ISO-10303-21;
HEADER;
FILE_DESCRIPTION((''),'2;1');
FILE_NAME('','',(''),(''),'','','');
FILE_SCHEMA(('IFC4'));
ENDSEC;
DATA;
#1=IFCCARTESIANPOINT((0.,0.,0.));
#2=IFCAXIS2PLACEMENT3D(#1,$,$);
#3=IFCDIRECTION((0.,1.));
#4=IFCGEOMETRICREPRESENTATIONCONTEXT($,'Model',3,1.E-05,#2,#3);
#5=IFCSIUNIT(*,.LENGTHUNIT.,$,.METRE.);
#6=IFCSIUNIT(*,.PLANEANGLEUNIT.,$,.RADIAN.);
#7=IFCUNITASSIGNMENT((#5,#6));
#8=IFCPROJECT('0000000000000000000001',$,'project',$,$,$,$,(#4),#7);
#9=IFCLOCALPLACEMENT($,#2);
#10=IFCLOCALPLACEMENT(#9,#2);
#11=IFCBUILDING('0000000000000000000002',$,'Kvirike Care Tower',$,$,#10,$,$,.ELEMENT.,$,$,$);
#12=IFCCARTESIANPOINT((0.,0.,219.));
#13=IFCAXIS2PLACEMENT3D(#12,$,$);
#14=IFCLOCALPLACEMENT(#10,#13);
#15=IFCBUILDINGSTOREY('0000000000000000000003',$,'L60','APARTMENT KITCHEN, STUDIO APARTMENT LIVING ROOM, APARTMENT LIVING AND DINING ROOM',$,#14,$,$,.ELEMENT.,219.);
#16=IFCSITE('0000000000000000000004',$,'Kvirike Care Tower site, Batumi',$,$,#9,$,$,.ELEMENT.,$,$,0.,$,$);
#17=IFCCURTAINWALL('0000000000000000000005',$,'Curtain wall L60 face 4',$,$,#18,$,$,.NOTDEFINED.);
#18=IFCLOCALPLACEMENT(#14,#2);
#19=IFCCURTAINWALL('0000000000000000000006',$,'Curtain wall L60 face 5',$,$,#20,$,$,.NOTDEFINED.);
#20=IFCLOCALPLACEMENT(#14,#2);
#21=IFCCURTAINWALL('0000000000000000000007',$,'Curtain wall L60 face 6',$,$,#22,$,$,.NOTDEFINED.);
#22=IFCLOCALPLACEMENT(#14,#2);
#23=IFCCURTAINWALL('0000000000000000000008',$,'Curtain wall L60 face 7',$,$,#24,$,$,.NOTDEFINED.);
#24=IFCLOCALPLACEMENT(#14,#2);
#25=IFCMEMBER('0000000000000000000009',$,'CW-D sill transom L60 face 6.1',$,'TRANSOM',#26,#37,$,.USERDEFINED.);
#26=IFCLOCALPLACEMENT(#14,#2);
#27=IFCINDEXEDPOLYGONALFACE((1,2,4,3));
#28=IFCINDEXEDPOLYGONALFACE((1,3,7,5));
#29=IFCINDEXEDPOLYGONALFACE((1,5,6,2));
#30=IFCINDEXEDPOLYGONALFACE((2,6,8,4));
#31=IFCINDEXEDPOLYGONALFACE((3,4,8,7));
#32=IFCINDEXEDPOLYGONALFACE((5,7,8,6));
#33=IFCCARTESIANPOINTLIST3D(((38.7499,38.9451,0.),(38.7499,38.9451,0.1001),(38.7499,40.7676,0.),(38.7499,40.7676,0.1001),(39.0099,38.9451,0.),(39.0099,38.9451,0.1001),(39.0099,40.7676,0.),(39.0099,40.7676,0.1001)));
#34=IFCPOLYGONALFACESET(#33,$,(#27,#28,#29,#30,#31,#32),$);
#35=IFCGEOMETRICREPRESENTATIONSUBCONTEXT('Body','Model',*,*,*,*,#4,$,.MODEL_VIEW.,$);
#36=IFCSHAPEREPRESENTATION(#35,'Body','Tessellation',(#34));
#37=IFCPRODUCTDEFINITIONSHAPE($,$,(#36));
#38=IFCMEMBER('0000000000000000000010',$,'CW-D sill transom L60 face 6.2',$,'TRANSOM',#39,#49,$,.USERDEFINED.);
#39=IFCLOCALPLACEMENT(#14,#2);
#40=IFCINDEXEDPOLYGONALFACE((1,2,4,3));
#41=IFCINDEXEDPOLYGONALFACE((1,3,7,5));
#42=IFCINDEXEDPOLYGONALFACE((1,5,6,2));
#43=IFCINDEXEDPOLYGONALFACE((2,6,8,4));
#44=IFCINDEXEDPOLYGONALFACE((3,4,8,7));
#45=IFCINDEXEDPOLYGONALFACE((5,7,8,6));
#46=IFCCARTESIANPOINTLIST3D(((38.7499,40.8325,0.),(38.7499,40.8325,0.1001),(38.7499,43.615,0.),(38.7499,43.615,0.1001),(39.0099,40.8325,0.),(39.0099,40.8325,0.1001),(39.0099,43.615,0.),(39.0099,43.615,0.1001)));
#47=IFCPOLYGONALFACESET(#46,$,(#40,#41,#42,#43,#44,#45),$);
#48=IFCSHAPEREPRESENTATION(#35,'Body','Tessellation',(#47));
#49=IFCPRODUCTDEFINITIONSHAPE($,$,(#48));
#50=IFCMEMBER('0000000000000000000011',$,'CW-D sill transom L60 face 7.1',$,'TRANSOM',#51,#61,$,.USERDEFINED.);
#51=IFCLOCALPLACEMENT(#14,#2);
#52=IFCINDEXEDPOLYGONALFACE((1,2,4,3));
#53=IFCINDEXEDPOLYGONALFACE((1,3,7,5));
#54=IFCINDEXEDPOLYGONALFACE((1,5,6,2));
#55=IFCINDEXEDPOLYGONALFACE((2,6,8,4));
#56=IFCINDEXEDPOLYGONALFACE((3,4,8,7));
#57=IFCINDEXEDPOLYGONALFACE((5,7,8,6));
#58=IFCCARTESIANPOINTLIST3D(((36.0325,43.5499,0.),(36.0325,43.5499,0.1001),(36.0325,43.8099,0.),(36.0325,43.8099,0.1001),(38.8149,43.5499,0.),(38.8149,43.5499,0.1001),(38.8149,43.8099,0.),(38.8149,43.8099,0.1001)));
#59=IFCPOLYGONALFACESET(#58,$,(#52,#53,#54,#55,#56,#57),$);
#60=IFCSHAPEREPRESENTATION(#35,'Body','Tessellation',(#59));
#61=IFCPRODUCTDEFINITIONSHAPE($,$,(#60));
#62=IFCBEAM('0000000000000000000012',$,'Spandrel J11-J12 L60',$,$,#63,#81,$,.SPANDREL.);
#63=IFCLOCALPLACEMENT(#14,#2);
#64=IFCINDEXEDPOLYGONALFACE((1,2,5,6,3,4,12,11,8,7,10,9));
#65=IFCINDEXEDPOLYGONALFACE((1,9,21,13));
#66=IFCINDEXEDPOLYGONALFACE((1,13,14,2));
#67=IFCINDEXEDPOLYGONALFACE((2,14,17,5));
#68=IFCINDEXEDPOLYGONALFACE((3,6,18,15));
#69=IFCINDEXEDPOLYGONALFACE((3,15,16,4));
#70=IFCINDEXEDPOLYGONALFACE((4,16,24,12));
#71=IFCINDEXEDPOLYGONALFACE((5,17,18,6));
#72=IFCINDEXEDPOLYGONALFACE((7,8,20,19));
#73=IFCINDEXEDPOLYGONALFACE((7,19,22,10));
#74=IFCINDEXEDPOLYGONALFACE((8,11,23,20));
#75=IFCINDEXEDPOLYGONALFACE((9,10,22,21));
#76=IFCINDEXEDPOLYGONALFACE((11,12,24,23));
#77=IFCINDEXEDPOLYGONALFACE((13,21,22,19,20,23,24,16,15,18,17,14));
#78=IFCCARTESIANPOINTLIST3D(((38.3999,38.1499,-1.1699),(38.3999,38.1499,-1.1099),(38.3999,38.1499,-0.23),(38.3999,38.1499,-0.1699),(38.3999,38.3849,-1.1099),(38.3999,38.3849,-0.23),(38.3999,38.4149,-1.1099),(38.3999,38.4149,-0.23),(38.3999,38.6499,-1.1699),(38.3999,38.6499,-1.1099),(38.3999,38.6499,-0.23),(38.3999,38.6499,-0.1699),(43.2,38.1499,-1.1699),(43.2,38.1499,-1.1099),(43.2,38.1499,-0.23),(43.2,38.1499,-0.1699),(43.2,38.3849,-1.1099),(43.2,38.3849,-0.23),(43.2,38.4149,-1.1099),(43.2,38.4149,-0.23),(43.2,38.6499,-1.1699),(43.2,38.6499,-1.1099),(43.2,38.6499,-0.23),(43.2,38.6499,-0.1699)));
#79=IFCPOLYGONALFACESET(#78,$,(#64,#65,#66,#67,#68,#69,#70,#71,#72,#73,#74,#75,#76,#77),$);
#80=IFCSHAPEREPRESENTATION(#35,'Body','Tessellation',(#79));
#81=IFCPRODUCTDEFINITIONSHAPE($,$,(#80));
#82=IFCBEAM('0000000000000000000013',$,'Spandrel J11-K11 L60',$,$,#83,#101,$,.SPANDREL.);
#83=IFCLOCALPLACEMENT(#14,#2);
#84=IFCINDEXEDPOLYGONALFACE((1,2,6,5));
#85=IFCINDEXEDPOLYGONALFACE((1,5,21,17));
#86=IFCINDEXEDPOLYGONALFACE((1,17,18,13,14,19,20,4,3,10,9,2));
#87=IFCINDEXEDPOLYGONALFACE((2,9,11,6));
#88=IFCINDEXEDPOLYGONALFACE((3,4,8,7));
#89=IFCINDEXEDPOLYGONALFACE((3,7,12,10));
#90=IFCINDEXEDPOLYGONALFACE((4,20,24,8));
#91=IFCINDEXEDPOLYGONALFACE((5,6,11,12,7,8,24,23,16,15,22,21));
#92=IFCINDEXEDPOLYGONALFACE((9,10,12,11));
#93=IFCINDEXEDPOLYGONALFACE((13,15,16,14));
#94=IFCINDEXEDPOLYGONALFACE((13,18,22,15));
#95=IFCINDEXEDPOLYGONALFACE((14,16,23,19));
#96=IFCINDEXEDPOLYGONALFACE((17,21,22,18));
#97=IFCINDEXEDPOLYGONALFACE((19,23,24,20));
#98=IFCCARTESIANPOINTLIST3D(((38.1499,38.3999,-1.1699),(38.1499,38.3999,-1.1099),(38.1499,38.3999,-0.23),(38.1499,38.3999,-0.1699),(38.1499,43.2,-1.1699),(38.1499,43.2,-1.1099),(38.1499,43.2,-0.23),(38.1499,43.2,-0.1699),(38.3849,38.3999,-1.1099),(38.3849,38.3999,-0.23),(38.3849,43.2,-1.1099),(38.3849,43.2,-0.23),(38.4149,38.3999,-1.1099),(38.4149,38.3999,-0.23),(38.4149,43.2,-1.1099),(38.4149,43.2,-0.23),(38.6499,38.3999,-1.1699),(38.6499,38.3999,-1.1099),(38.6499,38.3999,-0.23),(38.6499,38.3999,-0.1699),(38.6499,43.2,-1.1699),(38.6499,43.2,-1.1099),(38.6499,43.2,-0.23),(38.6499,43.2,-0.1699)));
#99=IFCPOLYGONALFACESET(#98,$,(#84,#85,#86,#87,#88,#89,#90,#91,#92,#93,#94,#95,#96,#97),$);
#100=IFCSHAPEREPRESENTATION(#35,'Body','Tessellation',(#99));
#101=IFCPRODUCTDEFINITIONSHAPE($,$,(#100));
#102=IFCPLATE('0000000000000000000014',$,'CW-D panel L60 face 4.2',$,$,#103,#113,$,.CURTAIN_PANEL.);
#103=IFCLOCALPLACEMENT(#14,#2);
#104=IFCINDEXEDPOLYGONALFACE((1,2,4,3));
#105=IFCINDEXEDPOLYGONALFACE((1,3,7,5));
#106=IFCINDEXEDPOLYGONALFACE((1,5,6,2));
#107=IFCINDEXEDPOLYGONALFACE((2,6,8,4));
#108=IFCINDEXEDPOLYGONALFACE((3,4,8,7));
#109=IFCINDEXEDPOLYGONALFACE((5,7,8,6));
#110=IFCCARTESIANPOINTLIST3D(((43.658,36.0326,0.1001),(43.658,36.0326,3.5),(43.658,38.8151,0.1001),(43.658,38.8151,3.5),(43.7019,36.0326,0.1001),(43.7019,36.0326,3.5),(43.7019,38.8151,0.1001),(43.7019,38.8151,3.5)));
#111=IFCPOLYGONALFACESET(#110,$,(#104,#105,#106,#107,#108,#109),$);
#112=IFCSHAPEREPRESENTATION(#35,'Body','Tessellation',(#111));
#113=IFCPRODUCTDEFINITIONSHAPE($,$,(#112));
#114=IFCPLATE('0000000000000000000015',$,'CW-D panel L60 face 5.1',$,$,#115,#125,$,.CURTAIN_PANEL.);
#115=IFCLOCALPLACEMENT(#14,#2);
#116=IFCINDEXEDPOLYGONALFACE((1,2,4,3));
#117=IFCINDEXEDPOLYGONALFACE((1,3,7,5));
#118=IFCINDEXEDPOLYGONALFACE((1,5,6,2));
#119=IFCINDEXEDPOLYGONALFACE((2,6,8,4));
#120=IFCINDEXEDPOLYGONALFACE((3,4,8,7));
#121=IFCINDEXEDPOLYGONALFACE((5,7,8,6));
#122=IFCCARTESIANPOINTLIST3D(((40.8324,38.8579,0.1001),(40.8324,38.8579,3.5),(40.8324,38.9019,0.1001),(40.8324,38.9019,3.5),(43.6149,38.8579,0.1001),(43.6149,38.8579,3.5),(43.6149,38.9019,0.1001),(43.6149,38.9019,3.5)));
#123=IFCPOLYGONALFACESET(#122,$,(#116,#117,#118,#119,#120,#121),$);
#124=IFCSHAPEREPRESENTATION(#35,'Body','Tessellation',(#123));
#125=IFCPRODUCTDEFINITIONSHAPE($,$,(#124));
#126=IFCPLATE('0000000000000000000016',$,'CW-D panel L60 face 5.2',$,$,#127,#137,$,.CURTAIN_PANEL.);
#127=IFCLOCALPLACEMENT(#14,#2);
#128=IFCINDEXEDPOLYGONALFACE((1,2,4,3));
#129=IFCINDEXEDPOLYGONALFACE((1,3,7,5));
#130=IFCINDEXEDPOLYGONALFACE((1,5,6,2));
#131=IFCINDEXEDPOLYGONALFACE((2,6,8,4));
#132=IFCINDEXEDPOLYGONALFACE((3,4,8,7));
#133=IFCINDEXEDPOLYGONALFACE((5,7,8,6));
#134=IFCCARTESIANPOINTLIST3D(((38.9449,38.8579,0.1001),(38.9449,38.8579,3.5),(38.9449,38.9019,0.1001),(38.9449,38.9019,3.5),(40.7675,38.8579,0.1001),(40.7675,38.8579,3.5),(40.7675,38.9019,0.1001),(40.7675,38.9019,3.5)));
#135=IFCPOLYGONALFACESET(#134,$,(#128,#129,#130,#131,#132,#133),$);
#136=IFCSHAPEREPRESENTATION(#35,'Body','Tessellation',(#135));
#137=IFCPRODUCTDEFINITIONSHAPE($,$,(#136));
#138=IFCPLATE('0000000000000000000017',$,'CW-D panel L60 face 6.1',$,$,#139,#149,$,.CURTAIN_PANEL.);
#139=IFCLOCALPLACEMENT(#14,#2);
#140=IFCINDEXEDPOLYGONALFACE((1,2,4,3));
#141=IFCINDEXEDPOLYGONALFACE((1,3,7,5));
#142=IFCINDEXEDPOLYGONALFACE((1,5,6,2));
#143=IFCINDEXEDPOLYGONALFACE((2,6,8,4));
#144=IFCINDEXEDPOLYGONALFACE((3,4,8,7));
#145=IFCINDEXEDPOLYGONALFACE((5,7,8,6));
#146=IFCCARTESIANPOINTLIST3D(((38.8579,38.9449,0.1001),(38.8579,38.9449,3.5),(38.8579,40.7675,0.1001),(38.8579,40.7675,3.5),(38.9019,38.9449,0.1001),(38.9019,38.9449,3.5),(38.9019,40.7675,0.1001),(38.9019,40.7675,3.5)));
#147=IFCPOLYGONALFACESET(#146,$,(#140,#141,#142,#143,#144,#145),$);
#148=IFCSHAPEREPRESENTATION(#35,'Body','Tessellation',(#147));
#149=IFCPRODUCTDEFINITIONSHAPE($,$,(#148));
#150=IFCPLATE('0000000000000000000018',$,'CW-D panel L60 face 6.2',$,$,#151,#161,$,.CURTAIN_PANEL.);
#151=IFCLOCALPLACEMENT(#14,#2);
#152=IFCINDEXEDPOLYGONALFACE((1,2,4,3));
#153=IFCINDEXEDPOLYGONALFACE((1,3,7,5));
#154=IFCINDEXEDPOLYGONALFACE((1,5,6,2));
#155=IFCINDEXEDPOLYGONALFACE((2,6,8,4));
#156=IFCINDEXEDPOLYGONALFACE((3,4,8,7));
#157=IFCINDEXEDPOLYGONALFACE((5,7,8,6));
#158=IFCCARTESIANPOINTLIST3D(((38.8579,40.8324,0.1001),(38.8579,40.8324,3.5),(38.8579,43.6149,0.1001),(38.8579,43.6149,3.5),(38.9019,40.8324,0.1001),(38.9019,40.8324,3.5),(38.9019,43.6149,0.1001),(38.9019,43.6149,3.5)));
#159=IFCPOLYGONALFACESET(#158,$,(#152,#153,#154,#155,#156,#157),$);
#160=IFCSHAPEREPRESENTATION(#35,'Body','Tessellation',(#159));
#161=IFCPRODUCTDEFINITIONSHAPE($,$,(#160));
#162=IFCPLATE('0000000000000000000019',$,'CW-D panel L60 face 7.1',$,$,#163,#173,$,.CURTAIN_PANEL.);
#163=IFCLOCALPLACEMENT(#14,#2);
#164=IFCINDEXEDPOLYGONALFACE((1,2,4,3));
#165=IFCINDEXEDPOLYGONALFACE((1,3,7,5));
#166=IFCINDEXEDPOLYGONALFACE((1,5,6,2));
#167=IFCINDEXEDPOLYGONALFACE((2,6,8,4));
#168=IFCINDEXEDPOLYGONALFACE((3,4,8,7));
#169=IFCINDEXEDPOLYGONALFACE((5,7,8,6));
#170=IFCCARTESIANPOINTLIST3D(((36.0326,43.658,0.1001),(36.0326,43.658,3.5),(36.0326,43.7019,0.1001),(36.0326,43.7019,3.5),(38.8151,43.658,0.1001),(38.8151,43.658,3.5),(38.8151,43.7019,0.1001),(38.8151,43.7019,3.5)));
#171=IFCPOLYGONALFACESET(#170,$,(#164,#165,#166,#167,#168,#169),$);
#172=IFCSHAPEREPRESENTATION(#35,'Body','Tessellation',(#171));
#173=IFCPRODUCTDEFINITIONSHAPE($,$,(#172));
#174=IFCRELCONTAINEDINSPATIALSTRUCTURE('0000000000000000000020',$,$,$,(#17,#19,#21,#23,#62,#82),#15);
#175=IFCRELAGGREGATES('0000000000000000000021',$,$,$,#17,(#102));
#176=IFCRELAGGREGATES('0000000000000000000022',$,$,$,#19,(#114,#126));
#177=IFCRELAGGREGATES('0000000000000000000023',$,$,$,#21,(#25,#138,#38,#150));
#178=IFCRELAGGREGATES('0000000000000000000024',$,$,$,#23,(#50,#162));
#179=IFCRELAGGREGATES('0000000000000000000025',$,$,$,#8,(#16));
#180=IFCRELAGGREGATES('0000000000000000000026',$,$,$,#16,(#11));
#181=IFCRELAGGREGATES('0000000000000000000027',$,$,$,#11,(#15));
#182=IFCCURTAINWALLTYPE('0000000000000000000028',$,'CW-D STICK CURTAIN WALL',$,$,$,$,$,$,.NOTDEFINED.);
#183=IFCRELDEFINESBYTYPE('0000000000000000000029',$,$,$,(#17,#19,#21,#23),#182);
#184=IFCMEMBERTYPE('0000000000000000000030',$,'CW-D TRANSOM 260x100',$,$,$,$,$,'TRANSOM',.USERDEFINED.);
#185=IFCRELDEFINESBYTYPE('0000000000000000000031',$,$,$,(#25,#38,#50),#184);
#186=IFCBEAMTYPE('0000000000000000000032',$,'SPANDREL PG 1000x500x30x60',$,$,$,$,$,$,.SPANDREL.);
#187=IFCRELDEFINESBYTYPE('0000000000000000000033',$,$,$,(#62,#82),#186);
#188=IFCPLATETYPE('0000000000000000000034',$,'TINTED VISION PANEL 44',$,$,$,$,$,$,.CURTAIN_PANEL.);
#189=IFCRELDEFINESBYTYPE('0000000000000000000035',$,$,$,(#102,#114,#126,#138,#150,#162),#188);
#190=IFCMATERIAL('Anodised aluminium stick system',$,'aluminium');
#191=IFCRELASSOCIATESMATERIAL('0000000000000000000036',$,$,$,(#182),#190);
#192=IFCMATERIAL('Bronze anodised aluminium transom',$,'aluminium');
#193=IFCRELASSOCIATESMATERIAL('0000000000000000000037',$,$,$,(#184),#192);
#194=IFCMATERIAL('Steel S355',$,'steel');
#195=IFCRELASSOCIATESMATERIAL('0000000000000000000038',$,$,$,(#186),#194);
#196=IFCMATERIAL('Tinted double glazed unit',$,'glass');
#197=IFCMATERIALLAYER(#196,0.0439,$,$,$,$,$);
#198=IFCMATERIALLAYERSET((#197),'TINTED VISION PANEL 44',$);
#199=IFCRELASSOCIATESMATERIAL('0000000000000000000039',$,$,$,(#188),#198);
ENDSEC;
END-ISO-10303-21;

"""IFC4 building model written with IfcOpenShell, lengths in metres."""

from ifc_helpers import new_model, si_unit, direction, frame, origin, origin_2d, place, context, subcontext, project, spatial, rectangle, i_section, extrude, material, layer, layer_set, material_profile, profile_set, type_object, element, aggregate, save


model = new_model("IFC4")

# Units and contexts
model_context = context("Model", 3, precision=1e-05, world=origin(), true_north=direction((0.0, 1.0)))
body_context = subcontext(model_context, "Body", "Model", "MODEL_VIEW")
ifc_project = project(units=[si_unit("LENGTHUNIT", "METRE"), si_unit("PLANEANGLEUNIT", "RADIAN")], contexts=[model_context])

# Site, building, storey
site_placement = place(None, origin())
site = spatial("IfcSite", under=ifc_project, at=site_placement, Name="Kvirike Care Tower site, Batumi", CompositionType="ELEMENT", RefElevation=0.0)
building_placement = place(site_placement, origin())
building = spatial("IfcBuilding", under=site, at=building_placement, Name="Kvirike Care Tower", CompositionType="ELEMENT")
storey_placement = place(building_placement, frame((0.0, 0.0, 219.0)))
storey = spatial("IfcBuildingStorey", under=building, at=storey_placement, Name="L60", Description="APARTMENT KITCHEN, STUDIO APARTMENT LIVING ROOM, APARTMENT LIVING AND DINING ROOM", CompositionType="ELEMENT", Elevation=219.0)

# Curtain wall
ifc_material_1 = material(Name="Anodised aluminium stick system", Category="aluminium")
curtain_wall_type = type_object("IfcCurtainWallType", Name="CW-D STICK CURTAIN WALL", PredefinedType="NOTDEFINED", material=ifc_material_1)
curtain_wall_1_placement = place(storey_placement, origin())
curtain_wall_1 = element("IfcCurtainWall", 1, at=curtain_wall_1_placement, inside=storey, type_object=curtain_wall_type, Name="Curtain wall L60 face 4", PredefinedType="NOTDEFINED")

# Curtain walls
curtain_wall_2_placement = place(storey_placement, origin())
curtain_wall_2 = element("IfcCurtainWall", 2, at=curtain_wall_2_placement, inside=storey, type_object=curtain_wall_type, Name="Curtain wall L60 face 5", PredefinedType="NOTDEFINED")
curtain_wall_3_placement = place(storey_placement, origin())
curtain_wall_3 = element("IfcCurtainWall", 3, at=curtain_wall_3_placement, inside=storey, type_object=curtain_wall_type, Name="Curtain wall L60 face 6", PredefinedType="NOTDEFINED")

# Curtain wall
curtain_wall_4_placement = place(storey_placement, origin())
curtain_wall_4 = element("IfcCurtainWall", 4, at=curtain_wall_4_placement, inside=storey, type_object=curtain_wall_type, Name="Curtain wall L60 face 7", PredefinedType="NOTDEFINED")

# Members
ifc_material_2 = material(Name="Bronze anodised aluminium transom", Category="aluminium")
ifc_material_profile_1 = material_profile(ifc_material_2, rectangle(XDim=0.26, YDim=0.1001, at=origin_2d()), Name="CW-D TRANSOM 260x100")
ifc_profile_set_1 = profile_set([ifc_material_profile_1], Name="Bronze anodised aluminium transom")
member_type_1 = type_object("IfcMemberType", Name="CW-D TRANSOM 260x100", ElementType="TRANSOM", PredefinedType="USERDEFINED", material=ifc_profile_set_1)
member_1_placement = place(storey_placement, frame((38.8799, 38.9451, 0.05), z_axis=(0.0, 1.0, 0.0), x_axis=(-1.0, 0.0, 0.0)))
member_1 = element("IfcMember", 5, at=member_1_placement, type_object=member_type_1, Name="CW-D sill transom L60 face 6.1", ObjectType="TRANSOM", PredefinedType="USERDEFINED", context=body_context, shape_type="SweptSolid", body=[
    extrude(rectangle(XDim=0.26, YDim=0.1001, at=origin_2d()), origin(), (0.0, 0.0, 1.0), 1.8225),
])
member_2_placement = place(storey_placement, frame((38.8799, 40.8325, 0.05), z_axis=(0.0, 1.0, 0.0), x_axis=(-1.0, 0.0, 0.0)))
member_2 = element("IfcMember", 6, at=member_2_placement, type_object=member_type_1, Name="CW-D sill transom L60 face 6.2", ObjectType="TRANSOM", PredefinedType="USERDEFINED", context=body_context, shape_type="SweptSolid", body=[
    extrude(rectangle(XDim=0.26, YDim=0.1001, at=origin_2d()), origin(), (0.0, 0.0, 1.0), 2.7825),
])
member_3_placement = place(storey_placement, frame((38.8149, 43.6799, 0.05), z_axis=(-1.0, 0.0, 0.0), x_axis=(0.0, -1.0, 0.0)))
member_3 = element("IfcMember", 7, at=member_3_placement, type_object=member_type_1, Name="CW-D sill transom L60 face 7.1", ObjectType="TRANSOM", PredefinedType="USERDEFINED", context=body_context, shape_type="SweptSolid", body=[
    extrude(rectangle(XDim=0.26, YDim=0.1001, at=origin_2d()), origin(), (0.0, 0.0, 1.0), 2.7825),
])

# Beams
ifc_material_3 = material(Name="Steel S355", Category="steel")
ifc_material_profile_2 = material_profile(ifc_material_3, i_section(OverallWidth=0.5, OverallDepth=1.0, WebThickness=0.03, FlangeThickness=0.0601, at=origin_2d()), Name="PG 1000x500x30x60")
ifc_profile_set_2 = profile_set([ifc_material_profile_2], Name="Steel S355")
beam_type = type_object("IfcBeamType", Name="SPANDREL PG 1000x500x30x60", PredefinedType="SPANDREL", material=ifc_profile_set_2)
for number, where, z_axis, x_axis, name in (
    (8, (38.3999, 38.3999, -0.6699), (1.0, 0.0, 0.0), (0.0, 1.0, 0.0), "Spandrel J11-J12 L60"),
    (9, (38.3999, 38.3999, -0.6699), (0.0, 1.0, 0.0), (-1.0, 0.0, 0.0), "Spandrel J11-K11 L60"),
):
    element("IfcBeam", number, at=place(storey_placement, frame(where, z_axis=z_axis, x_axis=x_axis)), inside=storey, type_object=beam_type, Name=name, PredefinedType="SPANDREL", context=body_context, shape_type="SweptSolid", body=[
        extrude(i_section(OverallWidth=0.5, OverallDepth=1.0, WebThickness=0.03, FlangeThickness=0.0601, at=origin_2d()), origin(), (0.0, 0.0, 1.0), 4.8),
    ])

# Plates
ifc_material_4 = material(Name="Tinted double glazed unit", Category="glass")
ifc_layer_1 = layer(ifc_material_4, 0.0439)
ifc_layer_set_1 = layer_set([ifc_layer_1], Name="TINTED VISION PANEL 44")
plate_type = type_object("IfcPlateType", Name="TINTED VISION PANEL 44", PredefinedType="CURTAIN_PANEL", material=ifc_layer_set_1)
plate_1_placement = place(storey_placement, frame((43.6799, 37.4238, 0.1001), z_axis=(0.0, 0.0, 1.0), x_axis=(0.0, 1.0, 0.0)))
plate_1 = element("IfcPlate", 10, at=plate_1_placement, type_object=plate_type, Name="CW-D panel L60 face 4.2", PredefinedType="CURTAIN_PANEL", context=body_context, shape_type="SweptSolid", body=[
    extrude(rectangle(XDim=2.7825, YDim=0.0439, at=origin_2d()), origin(), (0.0, 0.0, 1.0), 3.3999),
])
aggregate(curtain_wall_1, [plate_1])
plate_2_placement = place(storey_placement, frame((42.2236, 38.8799, 0.1001), z_axis=(0.0, 0.0, 1.0), x_axis=(-1.0, 0.0, 0.0)))
plate_2 = element("IfcPlate", 11, at=plate_2_placement, type_object=plate_type, Name="CW-D panel L60 face 5.1", PredefinedType="CURTAIN_PANEL", context=body_context, shape_type="SweptSolid", body=[
    extrude(rectangle(XDim=2.7825, YDim=0.0439, at=origin_2d()), origin(), (0.0, 0.0, 1.0), 3.3999),
])
plate_3_placement = place(storey_placement, frame((39.8562, 38.8799, 0.1001), z_axis=(0.0, 0.0, 1.0), x_axis=(-1.0, 0.0, 0.0)))
plate_3 = element("IfcPlate", 12, at=plate_3_placement, type_object=plate_type, Name="CW-D panel L60 face 5.2", PredefinedType="CURTAIN_PANEL", context=body_context, shape_type="SweptSolid", body=[
    extrude(rectangle(XDim=1.8225, YDim=0.0439, at=origin_2d()), origin(), (0.0, 0.0, 1.0), 3.3999),
])
aggregate(curtain_wall_2, [plate_2, plate_3])
plate_4_placement = place(storey_placement, frame((38.8799, 39.8562, 0.1001), z_axis=(0.0, 0.0, 1.0), x_axis=(0.0, 1.0, 0.0)))
plate_4 = element("IfcPlate", 13, at=plate_4_placement, type_object=plate_type, Name="CW-D panel L60 face 6.1", PredefinedType="CURTAIN_PANEL", context=body_context, shape_type="SweptSolid", body=[
    extrude(rectangle(XDim=1.8225, YDim=0.0439, at=origin_2d()), origin(), (0.0, 0.0, 1.0), 3.3999),
])
plate_5_placement = place(storey_placement, frame((38.8799, 42.2236, 0.1001), z_axis=(0.0, 0.0, 1.0), x_axis=(0.0, 1.0, 0.0)))
plate_5 = element("IfcPlate", 14, at=plate_5_placement, type_object=plate_type, Name="CW-D panel L60 face 6.2", PredefinedType="CURTAIN_PANEL", context=body_context, shape_type="SweptSolid", body=[
    extrude(rectangle(XDim=2.7825, YDim=0.0439, at=origin_2d()), origin(), (0.0, 0.0, 1.0), 3.3999),
])
aggregate(curtain_wall_3, [member_1, plate_4, member_2, plate_5])
plate_6_placement = place(storey_placement, frame((37.4238, 43.6799, 0.1001), z_axis=(0.0, 0.0, 1.0), x_axis=(-1.0, 0.0, 0.0)))
plate_6 = element("IfcPlate", 15, at=plate_6_placement, type_object=plate_type, Name="CW-D panel L60 face 7.1", PredefinedType="CURTAIN_PANEL", context=body_context, shape_type="SweptSolid", body=[
    extrude(rectangle(XDim=2.7825, YDim=0.0439, at=origin_2d()), origin(), (0.0, 0.0, 1.0), 3.3999),
])
aggregate(curtain_wall_4, [member_3, plate_6])

save(model, "model.ifc")
